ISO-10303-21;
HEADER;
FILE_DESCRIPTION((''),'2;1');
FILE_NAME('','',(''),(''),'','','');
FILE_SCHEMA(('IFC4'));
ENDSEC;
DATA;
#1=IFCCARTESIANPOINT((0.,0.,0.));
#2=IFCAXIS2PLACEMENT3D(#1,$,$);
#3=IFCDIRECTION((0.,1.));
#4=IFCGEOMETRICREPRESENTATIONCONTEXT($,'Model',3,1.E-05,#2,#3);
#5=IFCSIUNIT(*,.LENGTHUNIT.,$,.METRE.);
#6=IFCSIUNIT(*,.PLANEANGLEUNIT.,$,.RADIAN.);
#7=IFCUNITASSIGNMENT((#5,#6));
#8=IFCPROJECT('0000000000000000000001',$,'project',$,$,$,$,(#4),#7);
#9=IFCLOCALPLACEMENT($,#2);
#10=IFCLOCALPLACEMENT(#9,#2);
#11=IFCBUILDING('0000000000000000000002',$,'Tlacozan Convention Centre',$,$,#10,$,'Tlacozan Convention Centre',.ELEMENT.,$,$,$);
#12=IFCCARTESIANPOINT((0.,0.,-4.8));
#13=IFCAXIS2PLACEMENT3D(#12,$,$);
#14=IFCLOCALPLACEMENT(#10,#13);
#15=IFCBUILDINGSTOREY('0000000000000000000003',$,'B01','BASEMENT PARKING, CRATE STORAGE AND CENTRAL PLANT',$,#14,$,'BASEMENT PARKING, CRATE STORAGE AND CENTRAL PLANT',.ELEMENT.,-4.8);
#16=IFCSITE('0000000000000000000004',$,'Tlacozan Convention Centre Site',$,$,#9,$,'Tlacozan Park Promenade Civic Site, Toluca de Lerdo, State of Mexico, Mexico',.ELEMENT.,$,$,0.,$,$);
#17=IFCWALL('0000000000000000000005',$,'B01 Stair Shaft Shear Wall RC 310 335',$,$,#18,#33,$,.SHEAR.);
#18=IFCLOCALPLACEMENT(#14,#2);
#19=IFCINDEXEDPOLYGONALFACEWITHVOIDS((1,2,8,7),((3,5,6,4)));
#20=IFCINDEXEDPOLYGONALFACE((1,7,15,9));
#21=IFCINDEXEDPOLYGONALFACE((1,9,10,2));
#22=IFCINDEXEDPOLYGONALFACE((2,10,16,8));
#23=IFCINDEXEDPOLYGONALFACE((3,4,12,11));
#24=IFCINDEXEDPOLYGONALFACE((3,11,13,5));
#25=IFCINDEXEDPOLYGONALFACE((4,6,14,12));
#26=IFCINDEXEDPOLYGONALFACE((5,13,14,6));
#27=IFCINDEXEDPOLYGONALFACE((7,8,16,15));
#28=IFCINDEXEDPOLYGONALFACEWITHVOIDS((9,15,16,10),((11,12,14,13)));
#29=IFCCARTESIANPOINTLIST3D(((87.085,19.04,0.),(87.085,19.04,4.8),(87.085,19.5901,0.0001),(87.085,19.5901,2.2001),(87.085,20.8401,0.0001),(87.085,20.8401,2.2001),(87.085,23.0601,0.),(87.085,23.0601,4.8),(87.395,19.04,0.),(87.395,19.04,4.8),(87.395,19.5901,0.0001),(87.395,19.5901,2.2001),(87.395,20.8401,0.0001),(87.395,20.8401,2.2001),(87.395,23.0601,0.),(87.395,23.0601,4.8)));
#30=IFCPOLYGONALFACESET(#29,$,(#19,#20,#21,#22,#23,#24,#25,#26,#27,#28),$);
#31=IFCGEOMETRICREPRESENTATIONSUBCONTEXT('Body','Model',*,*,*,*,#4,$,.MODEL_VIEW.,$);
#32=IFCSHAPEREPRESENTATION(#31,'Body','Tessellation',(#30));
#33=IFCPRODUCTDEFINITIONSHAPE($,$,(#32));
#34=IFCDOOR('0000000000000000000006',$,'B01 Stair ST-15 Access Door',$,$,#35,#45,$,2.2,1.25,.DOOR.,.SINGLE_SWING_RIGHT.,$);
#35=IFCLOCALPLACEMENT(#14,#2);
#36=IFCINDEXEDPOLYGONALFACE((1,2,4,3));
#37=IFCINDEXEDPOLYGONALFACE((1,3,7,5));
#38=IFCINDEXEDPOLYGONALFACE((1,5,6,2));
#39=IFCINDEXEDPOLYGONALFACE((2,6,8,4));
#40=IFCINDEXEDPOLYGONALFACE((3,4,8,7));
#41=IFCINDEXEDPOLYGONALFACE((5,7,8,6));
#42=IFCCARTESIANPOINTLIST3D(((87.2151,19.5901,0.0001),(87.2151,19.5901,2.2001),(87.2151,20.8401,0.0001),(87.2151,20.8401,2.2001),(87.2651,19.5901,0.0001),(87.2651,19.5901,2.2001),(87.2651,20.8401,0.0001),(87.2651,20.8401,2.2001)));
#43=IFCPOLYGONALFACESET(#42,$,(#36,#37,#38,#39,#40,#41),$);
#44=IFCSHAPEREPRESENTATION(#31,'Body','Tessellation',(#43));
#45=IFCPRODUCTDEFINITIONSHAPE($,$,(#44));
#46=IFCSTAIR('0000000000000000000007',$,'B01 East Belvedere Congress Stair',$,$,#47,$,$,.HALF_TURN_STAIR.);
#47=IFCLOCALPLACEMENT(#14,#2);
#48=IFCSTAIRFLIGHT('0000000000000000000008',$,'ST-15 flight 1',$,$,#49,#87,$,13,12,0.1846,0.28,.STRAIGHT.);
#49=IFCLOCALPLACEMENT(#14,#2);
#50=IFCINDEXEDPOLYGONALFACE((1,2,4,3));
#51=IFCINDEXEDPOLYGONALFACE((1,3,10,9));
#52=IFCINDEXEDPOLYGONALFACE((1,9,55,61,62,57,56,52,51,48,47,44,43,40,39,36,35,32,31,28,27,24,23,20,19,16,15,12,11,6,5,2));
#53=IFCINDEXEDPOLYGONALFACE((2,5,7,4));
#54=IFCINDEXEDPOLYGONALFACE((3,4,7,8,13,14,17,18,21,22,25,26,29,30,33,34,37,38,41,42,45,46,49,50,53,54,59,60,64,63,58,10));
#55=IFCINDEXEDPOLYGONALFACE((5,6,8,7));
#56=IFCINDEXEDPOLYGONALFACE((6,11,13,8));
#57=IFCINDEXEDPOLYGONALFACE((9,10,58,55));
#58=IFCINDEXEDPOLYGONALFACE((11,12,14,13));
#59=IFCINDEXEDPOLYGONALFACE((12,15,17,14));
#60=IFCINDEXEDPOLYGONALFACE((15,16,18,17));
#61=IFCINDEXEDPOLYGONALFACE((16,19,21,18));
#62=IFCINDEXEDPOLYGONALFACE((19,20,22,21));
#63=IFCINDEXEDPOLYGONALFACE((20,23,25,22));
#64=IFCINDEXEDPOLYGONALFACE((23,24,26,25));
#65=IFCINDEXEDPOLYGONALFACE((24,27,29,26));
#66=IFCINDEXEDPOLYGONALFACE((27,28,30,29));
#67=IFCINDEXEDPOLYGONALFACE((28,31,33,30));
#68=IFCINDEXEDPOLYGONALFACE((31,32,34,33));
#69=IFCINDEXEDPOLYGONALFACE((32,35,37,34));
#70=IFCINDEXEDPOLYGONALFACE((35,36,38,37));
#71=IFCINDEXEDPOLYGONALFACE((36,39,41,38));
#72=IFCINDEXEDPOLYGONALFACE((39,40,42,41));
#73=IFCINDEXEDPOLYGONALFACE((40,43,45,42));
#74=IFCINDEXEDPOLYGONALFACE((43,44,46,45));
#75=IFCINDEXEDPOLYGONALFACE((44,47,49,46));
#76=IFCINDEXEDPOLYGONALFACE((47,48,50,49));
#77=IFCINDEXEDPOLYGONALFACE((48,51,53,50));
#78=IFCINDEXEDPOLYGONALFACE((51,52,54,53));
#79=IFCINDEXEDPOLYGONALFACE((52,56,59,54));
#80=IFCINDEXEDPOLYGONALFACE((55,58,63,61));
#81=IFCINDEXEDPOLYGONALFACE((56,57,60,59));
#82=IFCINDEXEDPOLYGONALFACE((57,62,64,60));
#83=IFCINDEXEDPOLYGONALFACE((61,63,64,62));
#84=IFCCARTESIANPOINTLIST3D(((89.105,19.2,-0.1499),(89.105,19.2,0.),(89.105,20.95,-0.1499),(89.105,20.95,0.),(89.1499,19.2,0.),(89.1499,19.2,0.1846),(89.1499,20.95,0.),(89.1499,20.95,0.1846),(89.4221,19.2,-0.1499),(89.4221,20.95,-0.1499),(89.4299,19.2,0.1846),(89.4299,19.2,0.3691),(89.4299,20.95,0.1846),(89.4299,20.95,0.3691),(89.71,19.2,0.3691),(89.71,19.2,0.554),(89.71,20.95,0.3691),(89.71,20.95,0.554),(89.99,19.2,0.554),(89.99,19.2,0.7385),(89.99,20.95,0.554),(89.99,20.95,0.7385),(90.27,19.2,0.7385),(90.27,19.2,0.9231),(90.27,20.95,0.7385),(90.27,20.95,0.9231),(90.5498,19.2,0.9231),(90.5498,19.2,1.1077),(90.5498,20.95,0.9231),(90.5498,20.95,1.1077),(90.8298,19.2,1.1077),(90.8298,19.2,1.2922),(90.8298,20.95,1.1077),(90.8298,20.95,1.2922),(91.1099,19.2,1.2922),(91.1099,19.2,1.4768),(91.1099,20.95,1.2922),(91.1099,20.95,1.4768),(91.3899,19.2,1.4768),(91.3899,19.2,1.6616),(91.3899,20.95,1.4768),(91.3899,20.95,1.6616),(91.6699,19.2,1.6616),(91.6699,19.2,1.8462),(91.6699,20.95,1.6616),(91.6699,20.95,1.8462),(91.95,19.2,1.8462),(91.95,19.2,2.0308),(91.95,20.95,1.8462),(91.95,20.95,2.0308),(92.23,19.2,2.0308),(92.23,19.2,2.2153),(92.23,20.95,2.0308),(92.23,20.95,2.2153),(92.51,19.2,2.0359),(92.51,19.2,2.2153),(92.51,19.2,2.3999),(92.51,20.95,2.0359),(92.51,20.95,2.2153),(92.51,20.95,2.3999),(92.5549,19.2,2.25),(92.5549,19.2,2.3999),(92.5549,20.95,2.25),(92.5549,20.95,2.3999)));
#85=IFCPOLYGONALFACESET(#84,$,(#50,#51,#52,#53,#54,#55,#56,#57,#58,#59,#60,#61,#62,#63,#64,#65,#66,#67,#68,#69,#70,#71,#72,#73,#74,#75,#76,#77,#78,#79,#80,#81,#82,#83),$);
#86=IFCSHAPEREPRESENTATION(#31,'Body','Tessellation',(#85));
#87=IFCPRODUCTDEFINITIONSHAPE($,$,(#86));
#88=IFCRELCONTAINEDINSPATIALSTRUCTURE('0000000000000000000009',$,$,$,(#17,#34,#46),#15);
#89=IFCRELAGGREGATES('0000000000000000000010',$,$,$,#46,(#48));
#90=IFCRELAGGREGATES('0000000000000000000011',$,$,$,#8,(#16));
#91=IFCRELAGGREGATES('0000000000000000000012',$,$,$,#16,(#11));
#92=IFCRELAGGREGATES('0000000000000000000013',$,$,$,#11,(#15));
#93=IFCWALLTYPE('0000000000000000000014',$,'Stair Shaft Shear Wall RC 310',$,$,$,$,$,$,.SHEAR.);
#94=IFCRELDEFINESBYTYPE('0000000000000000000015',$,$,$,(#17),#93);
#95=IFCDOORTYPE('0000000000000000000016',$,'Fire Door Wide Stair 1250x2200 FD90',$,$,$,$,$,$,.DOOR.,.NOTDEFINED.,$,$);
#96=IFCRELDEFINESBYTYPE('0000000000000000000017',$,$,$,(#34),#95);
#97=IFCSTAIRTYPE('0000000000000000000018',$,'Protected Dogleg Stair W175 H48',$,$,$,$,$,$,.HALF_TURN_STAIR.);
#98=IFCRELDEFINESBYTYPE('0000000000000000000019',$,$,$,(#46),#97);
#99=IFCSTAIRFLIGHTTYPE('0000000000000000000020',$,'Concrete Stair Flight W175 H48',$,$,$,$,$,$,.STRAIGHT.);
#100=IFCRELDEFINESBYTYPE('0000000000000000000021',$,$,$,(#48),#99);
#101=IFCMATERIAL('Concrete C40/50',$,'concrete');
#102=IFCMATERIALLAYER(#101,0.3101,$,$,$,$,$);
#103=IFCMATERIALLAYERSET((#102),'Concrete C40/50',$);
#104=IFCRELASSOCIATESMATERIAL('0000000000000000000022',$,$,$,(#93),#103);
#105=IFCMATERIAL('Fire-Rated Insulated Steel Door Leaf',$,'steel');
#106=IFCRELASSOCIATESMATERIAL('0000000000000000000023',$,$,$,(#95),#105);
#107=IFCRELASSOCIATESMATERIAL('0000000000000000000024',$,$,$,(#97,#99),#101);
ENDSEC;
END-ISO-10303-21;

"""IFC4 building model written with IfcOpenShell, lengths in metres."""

from ifc_helpers import new_model, si_unit, direction, frame, frame_2d, origin, place, context, subcontext, project, spatial, polyline, rectangle, outline, extrude, material, layer, layer_set, type_object, element, fill, aggregate, save


model = new_model("IFC4")

# Units and contexts
model_context = context("Model", 3, precision=1e-05, world=origin(), true_north=direction((0.0, 1.0)))
body_context = subcontext(model_context, "Body", "Model", "MODEL_VIEW")
ifc_project = project(units=[si_unit("LENGTHUNIT", "METRE"), si_unit("PLANEANGLEUNIT", "RADIAN")], contexts=[model_context])

# Site, building, storey
site_placement = place(None, origin())
site = spatial("IfcSite", under=ifc_project, at=site_placement, Name="Tlacozan Convention Centre Site", LongName="Tlacozan Park Promenade Civic Site, Toluca de Lerdo, State of Mexico, Mexico", CompositionType="ELEMENT", RefElevation=0.0)
building_placement = place(site_placement, origin())
building = spatial("IfcBuilding", under=site, at=building_placement, Name="Tlacozan Convention Centre", LongName="Tlacozan Convention Centre", CompositionType="ELEMENT")
storey_placement = place(building_placement, frame((0.0, 0.0, -4.8)))
storey = spatial("IfcBuildingStorey", under=building, at=storey_placement, Name="B01", Description="BASEMENT PARKING, CRATE STORAGE AND CENTRAL PLANT", LongName="BASEMENT PARKING, CRATE STORAGE AND CENTRAL PLANT", CompositionType="ELEMENT", Elevation=-4.8)

# Shared definitions
ifc_material_1 = material(Name="Concrete C40/50", Category="concrete")

# Shared definitions
ifc_layer_1 = layer(ifc_material_1, 0.3101)
ifc_layer_set_1 = layer_set([ifc_layer_1], Name="Concrete C40/50")
wall_type_1 = type_object("IfcWallType", Name="Stair Shaft Shear Wall RC 310", PredefinedType="SHEAR", material=ifc_layer_set_1)

# Wall, opening, door
wall_1_placement = place(storey_placement, frame((87.24, 19.04, 0.0), z_axis=(0.0, 0.0, 1.0), x_axis=(0.0, 1.0, 0.0)))
wall_1 = element("IfcWall", 1, at=wall_1_placement, inside=storey, type_object=wall_type_1, Name="B01 Stair Shaft Shear Wall RC 310 335", PredefinedType="SHEAR", context=body_context, shape_type="SweptSolid", body=[
    extrude(rectangle(XDim=4.02, YDim=0.3101, at=frame_2d((2.01, 0.0))), origin(), (0.0, 0.0, 1.0), 4.8),
])
opening_placement = place(wall_1_placement, frame((0.55, 0.0, 0.0)))
opening = element("IfcOpeningElement", 2, at=opening_placement, cuts=wall_1, PredefinedType="OPENING", context=body_context, shape_type="SweptSolid", body=[
    extrude(rectangle(XDim=1.25, YDim=2.2, at=frame_2d((0.625, 1.1001))), frame((0.0, 0.165, 0.0), z_axis=(0.0, -1.0, 0.0), x_axis=(1.0, 0.0, 0.0)), (0.0, 0.0, 1.0), 0.3301),
])
ifc_material_2 = material(Name="Fire-Rated Insulated Steel Door Leaf", Category="steel")
door_type = type_object("IfcDoorType", Name="Fire Door Wide Stair 1250x2200 FD90", OperationType="NOTDEFINED", PredefinedType="DOOR", material=ifc_material_2)
door_placement = place(opening_placement, origin())
door = element("IfcDoor", 3, at=door_placement, inside=storey, type_object=door_type, Name="B01 Stair ST-15 Access Door", OperationType="SINGLE_SWING_RIGHT", OverallHeight=2.2, OverallWidth=1.25, PredefinedType="DOOR", context=body_context, shape_type="SweptSolid", body=[
    extrude(rectangle(XDim=1.25, YDim=2.2, at=frame_2d((0.625, 1.1001))), frame((0.0, 0.0249, 0.0), z_axis=(0.0, -1.0, 0.0), x_axis=(1.0, 0.0, 0.0)), (0.0, 0.0, 1.0), 0.05),
])
fill(opening, door)

# Stair, stair flight
stair_type = type_object("IfcStairType", Name="Protected Dogleg Stair W175 H48", PredefinedType="HALF_TURN_STAIR", material=ifc_material_1)
stair_placement = place(storey_placement, origin())
stair = element("IfcStair", 4, at=stair_placement, inside=storey, type_object=stair_type, Name="B01 East Belvedere Congress Stair", PredefinedType="HALF_TURN_STAIR")
stair_flight_type = type_object("IfcStairFlightType", Name="Concrete Stair Flight W175 H48", PredefinedType="STRAIGHT", material=ifc_material_1)
stair_flight_placement = place(storey_placement, frame((89.1499, 20.075, 0.0), z_axis=(0.0, 0.0, 1.0), x_axis=(1.0, 0.0, 0.0)))
stair_flight = element("IfcStairFlight", 5, at=stair_flight_placement, type_object=stair_flight_type, Name="ST-15 flight 1", NumberOfRisers=13, NumberOfTreads=12, PredefinedType="STRAIGHT", RiserHeight=0.1846, TreadLength=0.28, context=body_context, shape_type="SweptSolid", body=[
    extrude(outline(polyline([(-0.0449, -0.1499), (-0.0449, 0.0), (0.0, 0.0), (0.0, 0.1846), (0.28, 0.1846), (0.28, 0.3691), (0.5601, 0.3691), (0.5601, 0.554), (0.8401, 0.554), (0.8401, 0.7385), (1.1201, 0.7385), (1.1201, 0.9231), (1.3999, 0.9231), (1.3999, 1.1077), (1.6799, 1.1077), (1.6799, 1.2922), (1.96, 1.2922), (1.96, 1.4768), (2.24, 1.4768), (2.24, 1.6616), (2.52, 1.6616), (2.52, 1.8462), (2.8, 1.8462), (2.8, 2.0308), (3.0801, 2.0308), (3.0801, 2.2153), (3.3601, 2.2153), (3.3601, 2.3999), (3.405, 2.3999), (3.405, 2.25), (3.3601, 2.0359), (0.2722, -0.1499), (-0.0449, -0.1499)])), frame((0.0, 0.875, 0.0), z_axis=(0.0, -1.0, 0.0), x_axis=(1.0, 0.0, 0.0)), (0.0, 0.0, 1.0), 1.75),
])
aggregate(stair, [stair_flight])

save(model, "model.ifc")
